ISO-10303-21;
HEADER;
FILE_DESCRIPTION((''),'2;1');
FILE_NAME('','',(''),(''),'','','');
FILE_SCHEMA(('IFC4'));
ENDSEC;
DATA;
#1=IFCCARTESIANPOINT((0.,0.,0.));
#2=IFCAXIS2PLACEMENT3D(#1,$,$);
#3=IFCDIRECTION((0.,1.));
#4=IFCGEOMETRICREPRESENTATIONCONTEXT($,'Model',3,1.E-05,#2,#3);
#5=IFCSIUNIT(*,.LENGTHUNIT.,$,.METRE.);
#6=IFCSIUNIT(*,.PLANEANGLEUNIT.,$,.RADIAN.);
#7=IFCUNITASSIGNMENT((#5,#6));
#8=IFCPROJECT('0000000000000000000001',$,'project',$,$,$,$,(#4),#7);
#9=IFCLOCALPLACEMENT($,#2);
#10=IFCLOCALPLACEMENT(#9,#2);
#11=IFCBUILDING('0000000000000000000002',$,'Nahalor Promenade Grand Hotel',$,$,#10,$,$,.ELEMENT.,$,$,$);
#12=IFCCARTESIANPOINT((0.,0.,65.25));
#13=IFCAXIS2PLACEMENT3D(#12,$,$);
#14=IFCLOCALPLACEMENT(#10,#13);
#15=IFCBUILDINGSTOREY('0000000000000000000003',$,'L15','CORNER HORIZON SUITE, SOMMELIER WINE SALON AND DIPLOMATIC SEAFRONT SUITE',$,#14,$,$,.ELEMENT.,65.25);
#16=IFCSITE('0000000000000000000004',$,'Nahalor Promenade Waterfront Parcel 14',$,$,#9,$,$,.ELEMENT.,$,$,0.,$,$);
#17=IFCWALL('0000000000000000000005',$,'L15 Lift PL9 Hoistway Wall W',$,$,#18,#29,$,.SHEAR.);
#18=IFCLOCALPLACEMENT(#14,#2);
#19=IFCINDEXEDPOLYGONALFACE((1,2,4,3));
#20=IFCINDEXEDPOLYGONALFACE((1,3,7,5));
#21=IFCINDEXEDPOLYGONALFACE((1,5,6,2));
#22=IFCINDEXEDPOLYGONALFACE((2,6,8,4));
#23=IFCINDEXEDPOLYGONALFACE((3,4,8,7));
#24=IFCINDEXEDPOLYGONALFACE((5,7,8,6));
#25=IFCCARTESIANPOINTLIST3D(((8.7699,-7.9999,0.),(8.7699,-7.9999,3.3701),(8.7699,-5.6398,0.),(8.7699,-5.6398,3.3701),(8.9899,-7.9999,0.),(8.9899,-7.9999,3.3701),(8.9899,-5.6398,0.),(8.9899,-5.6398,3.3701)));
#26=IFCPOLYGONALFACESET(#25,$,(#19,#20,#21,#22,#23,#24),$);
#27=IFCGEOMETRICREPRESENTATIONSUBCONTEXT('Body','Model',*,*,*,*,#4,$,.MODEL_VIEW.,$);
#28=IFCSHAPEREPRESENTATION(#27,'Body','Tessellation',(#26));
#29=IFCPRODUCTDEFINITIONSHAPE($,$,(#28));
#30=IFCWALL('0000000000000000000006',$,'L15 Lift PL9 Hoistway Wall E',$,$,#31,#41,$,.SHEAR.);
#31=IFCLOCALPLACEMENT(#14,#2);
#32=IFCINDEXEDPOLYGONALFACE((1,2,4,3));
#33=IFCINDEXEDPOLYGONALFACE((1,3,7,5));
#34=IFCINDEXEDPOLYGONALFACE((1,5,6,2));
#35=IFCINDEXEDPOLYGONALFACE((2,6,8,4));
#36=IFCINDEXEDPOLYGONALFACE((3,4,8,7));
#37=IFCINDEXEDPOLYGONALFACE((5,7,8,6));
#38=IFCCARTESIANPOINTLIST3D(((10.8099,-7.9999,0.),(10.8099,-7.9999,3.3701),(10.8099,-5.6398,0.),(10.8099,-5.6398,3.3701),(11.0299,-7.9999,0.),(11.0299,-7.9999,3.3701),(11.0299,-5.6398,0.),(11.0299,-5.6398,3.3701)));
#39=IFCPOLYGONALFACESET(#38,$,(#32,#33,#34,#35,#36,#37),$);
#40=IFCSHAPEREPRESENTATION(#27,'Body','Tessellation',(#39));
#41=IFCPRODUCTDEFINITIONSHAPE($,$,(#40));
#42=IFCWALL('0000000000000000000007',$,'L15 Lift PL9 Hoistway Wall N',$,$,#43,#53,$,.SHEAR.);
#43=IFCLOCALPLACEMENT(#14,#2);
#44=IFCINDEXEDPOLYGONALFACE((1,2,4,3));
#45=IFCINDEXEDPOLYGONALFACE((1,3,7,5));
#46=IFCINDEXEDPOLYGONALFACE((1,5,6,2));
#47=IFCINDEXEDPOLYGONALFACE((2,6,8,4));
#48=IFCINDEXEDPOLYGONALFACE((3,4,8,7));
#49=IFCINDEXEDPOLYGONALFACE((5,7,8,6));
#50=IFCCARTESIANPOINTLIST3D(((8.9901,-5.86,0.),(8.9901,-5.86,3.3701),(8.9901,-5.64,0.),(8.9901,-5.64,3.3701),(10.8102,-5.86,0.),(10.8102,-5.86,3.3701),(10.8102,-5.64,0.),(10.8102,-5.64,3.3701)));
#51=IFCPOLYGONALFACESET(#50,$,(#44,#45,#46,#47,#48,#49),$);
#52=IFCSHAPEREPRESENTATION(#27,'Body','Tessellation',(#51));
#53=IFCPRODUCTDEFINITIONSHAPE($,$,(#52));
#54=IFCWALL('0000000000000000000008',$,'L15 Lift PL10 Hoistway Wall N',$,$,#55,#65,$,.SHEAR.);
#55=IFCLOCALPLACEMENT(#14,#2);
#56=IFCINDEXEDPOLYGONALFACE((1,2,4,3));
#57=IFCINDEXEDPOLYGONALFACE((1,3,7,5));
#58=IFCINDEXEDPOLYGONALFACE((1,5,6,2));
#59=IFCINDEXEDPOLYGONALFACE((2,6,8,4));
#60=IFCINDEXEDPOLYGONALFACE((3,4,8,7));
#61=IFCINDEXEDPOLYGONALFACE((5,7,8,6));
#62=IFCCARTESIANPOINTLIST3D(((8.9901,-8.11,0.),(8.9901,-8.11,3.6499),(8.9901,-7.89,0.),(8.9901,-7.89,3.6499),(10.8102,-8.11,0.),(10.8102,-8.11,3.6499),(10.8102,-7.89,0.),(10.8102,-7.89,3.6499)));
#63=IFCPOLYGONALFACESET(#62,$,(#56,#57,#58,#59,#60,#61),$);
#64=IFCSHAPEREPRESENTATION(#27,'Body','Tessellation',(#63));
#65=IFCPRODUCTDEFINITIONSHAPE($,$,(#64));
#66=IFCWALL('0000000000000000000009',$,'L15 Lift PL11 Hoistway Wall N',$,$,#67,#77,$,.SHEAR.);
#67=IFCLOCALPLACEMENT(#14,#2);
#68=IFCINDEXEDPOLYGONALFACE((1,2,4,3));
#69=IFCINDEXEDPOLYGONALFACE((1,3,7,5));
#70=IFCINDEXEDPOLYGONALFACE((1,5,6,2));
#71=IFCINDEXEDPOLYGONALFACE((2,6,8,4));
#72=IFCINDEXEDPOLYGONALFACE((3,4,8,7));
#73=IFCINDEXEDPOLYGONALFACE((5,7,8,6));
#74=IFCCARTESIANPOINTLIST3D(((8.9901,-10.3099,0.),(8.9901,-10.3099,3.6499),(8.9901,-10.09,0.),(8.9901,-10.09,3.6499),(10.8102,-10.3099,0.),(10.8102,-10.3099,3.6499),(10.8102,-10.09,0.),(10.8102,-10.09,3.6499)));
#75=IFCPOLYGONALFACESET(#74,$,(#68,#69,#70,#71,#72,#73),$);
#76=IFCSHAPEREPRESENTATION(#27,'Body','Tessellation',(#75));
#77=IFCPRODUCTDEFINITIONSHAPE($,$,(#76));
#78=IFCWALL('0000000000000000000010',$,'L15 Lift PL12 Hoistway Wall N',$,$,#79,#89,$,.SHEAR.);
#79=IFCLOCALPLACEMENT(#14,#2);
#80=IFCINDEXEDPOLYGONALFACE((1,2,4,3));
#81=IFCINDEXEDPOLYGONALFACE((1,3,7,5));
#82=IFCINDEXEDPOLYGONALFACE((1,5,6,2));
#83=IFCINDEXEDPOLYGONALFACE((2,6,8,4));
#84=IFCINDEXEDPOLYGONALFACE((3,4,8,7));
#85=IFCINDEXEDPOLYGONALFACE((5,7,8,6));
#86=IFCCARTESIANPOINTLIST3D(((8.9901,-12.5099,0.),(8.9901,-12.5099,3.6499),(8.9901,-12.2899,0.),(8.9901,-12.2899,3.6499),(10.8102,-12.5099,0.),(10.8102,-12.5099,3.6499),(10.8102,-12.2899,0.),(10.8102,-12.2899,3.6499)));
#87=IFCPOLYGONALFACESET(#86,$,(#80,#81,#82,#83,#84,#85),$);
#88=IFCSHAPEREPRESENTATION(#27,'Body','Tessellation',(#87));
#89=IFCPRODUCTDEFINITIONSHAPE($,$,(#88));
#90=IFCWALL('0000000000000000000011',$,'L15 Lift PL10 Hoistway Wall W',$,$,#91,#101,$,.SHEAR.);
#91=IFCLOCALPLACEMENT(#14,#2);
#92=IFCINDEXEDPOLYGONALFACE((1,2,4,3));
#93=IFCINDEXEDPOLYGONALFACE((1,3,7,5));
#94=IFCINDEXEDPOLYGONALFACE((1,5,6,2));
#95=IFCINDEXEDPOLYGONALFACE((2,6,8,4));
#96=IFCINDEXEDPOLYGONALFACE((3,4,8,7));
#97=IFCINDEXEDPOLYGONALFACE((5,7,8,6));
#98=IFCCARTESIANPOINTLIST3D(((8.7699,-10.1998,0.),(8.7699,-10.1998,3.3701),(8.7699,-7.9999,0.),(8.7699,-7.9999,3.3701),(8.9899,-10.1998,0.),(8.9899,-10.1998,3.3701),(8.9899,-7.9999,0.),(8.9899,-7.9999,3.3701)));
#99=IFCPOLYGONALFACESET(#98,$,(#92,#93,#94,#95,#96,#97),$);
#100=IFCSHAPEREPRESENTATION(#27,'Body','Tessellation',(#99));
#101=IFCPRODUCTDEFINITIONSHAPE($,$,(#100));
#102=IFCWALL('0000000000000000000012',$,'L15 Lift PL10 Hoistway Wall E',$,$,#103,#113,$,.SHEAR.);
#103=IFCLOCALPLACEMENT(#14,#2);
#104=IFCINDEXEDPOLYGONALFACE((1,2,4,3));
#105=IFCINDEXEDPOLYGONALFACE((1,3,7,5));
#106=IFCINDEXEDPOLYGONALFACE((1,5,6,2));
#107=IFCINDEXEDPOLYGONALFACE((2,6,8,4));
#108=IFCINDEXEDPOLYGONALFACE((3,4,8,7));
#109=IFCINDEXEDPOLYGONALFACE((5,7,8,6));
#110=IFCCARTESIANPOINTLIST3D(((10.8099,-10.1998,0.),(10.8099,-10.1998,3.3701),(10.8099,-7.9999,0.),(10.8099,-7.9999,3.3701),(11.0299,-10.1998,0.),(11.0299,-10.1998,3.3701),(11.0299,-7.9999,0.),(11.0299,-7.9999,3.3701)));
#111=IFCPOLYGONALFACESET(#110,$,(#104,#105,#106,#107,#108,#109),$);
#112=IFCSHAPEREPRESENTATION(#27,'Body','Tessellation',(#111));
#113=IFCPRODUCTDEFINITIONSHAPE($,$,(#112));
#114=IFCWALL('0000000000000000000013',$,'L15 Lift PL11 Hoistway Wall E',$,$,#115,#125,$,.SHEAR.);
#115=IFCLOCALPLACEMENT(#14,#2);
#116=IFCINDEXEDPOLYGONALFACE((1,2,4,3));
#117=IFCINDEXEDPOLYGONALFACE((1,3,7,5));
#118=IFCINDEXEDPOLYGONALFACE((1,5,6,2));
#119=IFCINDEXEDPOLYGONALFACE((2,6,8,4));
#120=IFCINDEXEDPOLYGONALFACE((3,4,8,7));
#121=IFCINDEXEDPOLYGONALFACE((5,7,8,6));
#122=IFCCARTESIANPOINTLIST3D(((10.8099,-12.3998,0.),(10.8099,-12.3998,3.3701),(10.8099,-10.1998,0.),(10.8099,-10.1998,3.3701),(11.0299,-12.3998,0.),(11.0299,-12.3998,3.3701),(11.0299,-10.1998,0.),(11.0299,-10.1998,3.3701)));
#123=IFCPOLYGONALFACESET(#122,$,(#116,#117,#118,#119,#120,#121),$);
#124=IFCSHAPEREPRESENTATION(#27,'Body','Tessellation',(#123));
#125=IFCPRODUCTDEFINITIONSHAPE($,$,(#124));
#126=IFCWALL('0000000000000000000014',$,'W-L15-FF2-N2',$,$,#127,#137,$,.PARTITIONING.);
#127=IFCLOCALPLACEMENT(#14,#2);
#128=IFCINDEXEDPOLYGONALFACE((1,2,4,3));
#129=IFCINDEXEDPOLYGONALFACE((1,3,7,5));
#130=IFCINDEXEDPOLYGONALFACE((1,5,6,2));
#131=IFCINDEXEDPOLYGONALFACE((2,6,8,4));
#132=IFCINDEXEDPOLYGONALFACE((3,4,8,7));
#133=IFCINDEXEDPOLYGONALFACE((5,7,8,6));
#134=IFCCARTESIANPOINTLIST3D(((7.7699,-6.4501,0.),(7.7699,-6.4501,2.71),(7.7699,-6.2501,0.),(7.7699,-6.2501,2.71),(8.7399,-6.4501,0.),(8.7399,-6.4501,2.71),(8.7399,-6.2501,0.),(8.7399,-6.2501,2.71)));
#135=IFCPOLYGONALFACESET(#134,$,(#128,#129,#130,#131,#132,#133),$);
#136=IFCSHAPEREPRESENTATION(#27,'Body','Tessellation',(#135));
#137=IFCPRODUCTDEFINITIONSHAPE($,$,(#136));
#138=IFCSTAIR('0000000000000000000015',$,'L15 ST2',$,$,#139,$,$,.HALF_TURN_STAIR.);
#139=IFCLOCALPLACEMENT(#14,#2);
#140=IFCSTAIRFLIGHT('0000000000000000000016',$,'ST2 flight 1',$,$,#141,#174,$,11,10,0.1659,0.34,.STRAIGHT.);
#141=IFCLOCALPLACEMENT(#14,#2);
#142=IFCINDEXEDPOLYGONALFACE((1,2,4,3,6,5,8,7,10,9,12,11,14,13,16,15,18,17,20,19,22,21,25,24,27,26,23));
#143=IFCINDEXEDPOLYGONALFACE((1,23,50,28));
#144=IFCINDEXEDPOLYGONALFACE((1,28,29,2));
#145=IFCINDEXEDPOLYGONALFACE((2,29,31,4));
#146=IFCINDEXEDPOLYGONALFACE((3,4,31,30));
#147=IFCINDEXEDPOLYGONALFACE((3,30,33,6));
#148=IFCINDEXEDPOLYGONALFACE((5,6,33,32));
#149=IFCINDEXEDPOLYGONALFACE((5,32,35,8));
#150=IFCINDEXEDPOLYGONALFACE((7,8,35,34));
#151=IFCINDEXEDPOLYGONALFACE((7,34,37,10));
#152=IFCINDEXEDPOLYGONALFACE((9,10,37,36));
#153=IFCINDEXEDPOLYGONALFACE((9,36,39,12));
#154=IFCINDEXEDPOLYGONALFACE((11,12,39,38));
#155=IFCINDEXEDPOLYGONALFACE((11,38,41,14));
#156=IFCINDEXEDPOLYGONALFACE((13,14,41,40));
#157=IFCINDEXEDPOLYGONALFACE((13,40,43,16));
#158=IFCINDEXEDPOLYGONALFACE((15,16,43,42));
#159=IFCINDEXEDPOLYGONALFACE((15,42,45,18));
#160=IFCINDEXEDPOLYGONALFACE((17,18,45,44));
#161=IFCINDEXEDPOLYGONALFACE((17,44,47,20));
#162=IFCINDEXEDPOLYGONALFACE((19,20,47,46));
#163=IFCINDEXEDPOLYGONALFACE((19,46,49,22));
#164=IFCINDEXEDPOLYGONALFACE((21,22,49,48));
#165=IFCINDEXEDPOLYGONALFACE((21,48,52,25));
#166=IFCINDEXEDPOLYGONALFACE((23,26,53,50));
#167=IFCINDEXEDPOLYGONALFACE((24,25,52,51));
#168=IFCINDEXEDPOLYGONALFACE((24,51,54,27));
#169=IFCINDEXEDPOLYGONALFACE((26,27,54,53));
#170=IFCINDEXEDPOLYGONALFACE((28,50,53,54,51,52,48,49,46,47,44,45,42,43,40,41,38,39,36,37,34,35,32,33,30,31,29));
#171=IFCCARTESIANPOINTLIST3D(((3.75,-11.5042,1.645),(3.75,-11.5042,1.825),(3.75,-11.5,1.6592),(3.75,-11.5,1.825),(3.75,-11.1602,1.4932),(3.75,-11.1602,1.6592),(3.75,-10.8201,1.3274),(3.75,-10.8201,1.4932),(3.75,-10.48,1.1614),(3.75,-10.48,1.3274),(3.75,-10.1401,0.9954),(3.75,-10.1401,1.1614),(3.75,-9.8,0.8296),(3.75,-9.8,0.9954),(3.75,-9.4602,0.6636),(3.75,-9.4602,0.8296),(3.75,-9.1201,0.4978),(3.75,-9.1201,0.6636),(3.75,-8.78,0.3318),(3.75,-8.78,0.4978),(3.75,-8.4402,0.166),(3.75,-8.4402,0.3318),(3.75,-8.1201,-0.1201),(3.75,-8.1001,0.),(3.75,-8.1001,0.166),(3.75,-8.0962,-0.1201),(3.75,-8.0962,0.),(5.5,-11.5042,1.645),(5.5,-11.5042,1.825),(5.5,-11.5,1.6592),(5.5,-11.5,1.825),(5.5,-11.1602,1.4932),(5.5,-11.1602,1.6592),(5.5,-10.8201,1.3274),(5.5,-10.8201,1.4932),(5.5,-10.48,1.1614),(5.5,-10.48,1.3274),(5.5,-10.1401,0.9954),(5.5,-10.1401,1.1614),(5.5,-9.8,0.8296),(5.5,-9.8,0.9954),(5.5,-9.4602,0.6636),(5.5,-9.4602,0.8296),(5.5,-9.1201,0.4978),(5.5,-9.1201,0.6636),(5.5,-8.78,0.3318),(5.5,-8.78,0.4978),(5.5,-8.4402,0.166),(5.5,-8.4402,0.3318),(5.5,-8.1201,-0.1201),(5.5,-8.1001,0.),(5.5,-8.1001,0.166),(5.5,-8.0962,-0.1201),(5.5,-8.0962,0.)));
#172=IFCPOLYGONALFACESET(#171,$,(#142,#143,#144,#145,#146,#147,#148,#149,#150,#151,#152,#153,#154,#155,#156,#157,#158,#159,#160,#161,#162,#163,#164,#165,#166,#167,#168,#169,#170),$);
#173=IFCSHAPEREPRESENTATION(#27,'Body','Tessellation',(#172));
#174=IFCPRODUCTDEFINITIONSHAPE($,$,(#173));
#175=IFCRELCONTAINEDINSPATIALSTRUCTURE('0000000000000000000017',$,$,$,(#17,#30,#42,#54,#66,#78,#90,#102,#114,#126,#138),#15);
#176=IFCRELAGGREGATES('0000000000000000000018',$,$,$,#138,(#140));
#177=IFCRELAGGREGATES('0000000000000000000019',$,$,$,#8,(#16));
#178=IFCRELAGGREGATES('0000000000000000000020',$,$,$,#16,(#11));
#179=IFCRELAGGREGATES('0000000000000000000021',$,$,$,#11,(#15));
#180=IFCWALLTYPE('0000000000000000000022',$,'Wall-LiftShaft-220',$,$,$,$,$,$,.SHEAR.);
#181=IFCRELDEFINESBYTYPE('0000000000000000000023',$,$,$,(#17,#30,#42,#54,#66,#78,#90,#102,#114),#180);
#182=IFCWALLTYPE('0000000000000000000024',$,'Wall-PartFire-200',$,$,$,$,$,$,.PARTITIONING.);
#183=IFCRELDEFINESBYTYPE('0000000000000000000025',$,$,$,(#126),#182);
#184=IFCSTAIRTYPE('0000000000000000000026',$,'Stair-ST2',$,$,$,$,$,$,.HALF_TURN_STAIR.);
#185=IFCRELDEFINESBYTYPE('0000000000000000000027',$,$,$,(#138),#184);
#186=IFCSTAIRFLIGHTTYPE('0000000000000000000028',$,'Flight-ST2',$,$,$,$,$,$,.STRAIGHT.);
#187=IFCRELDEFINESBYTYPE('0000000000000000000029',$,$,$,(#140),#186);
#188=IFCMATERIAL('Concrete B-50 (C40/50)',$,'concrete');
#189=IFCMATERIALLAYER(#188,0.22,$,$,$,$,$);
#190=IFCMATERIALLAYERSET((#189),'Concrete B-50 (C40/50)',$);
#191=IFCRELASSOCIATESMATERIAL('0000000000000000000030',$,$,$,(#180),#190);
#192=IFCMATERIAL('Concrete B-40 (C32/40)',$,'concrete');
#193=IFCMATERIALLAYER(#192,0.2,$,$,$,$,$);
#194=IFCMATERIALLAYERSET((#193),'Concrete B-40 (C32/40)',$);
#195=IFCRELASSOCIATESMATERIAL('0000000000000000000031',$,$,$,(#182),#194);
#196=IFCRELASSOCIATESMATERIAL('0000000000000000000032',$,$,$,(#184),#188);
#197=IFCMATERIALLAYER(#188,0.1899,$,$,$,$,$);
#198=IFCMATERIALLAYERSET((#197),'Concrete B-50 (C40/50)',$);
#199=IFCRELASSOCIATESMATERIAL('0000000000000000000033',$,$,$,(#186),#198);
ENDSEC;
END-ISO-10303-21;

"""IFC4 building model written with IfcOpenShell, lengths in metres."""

from ifc_helpers import new_model, si_unit, direction, frame, frame_2d, origin, place, context, subcontext, project, spatial, polyline, rectangle, outline, extrude, source, transform, mapped, material, layer, layer_set, type_object, element, aggregate, save


model = new_model("IFC4")

# Units and contexts
model_context = context("Model", 3, precision=1e-05, world=origin(), true_north=direction((0.0, 1.0)))
body_context = subcontext(model_context, "Body", "Model", "MODEL_VIEW")
ifc_project = project(units=[si_unit("LENGTHUNIT", "METRE"), si_unit("PLANEANGLEUNIT", "RADIAN")], contexts=[model_context])

# Site, building, storey
site_placement = place(None, origin())
site = spatial("IfcSite", under=ifc_project, at=site_placement, Name="Nahalor Promenade Waterfront Parcel 14", CompositionType="ELEMENT", RefElevation=0.0)
building_placement = place(site_placement, origin())
building = spatial("IfcBuilding", under=site, at=building_placement, Name="Nahalor Promenade Grand Hotel", CompositionType="ELEMENT")
storey_placement = place(building_placement, frame((0.0, 0.0, 65.25)))
storey = spatial("IfcBuildingStorey", under=building, at=storey_placement, Name="L15", Description="CORNER HORIZON SUITE, SOMMELIER WINE SALON AND DIPLOMATIC SEAFRONT SUITE", CompositionType="ELEMENT", Elevation=65.25)

# Walls
ifc_material_1 = material(Name="Concrete B-50 (C40/50)", Category="concrete")
ifc_layer_1 = layer(ifc_material_1, 0.22)
ifc_layer_set_1 = layer_set([ifc_layer_1], Name="Concrete B-50 (C40/50)")
wall_type_1 = type_object("IfcWallType", Name="Wall-LiftShaft-220", PredefinedType="SHEAR", material=ifc_layer_set_1)
shared_shape_1 = source(origin(), body_context, "Body", "SweptSolid", [
    extrude(rectangle(XDim=2.3601, YDim=0.22, at=frame_2d((1.1802, 0.0))), origin(), (0.0, 0.0, 1.0), 3.3701),
])
for number, where, z_axis, x_axis, name in (
    (1, (8.8799, -8.0, 0.0), (0.0, 0.0, 1.0), (0.0, 1.0, 0.0), "L15 Lift PL9 Hoistway Wall W"),
    (2, (10.9199, -8.0, 0.0), (0.0, 0.0, 1.0), (0.0, 1.0, 0.0), "L15 Lift PL9 Hoistway Wall E"),
):
    element("IfcWall", number, at=place(storey_placement, frame(where, z_axis=z_axis, x_axis=x_axis)), inside=storey, type_object=wall_type_1, Name=name, PredefinedType="SHEAR", context=body_context, shape_type="MappedRepresentation", body=[
        mapped(shared_shape_1, transform((0.0, 0.0, 0.0), scale=1.0)),
    ])
shared_shape_2 = source(origin(), body_context, "Body", "SweptSolid", [
    extrude(rectangle(XDim=1.8201, YDim=0.22, at=frame_2d((0.9102, 0.0))), origin(), (0.0, 0.0, 1.0), 3.3701),
])
wall_1_placement = place(storey_placement, frame((8.99, -5.75, 0.0), z_axis=(0.0, 0.0, 1.0), x_axis=(1.0, 0.0, 0.0)))
element("IfcWall", 3, at=wall_1_placement, inside=storey, type_object=wall_type_1, Name="L15 Lift PL9 Hoistway Wall N", PredefinedType="SHEAR", context=body_context, shape_type="MappedRepresentation", body=[
    mapped(shared_shape_2, transform((0.0, 0.0, 0.0), scale=1.0)),
])
shared_shape_3 = source(origin(), body_context, "Body", "SweptSolid", [
    extrude(rectangle(XDim=1.8201, YDim=0.22, at=frame_2d((0.9102, 0.0))), origin(), (0.0, 0.0, 1.0), 3.6499),
])
for number, where, z_axis, x_axis, name in (
    (4, (8.99, -8.0, 0.0), (0.0, 0.0, 1.0), (1.0, 0.0, 0.0), "L15 Lift PL10 Hoistway Wall N"),
    (5, (8.99, -10.2, 0.0), (0.0, 0.0, 1.0), (1.0, 0.0, 0.0), "L15 Lift PL11 Hoistway Wall N"),
    (6, (8.99, -12.3999, 0.0), (0.0, 0.0, 1.0), (1.0, 0.0, 0.0), "L15 Lift PL12 Hoistway Wall N"),
):
    element("IfcWall", number, at=place(storey_placement, frame(where, z_axis=z_axis, x_axis=x_axis)), inside=storey, type_object=wall_type_1, Name=name, PredefinedType="SHEAR", context=body_context, shape_type="MappedRepresentation", body=[
        mapped(shared_shape_3, transform((0.0, 0.0, 0.0), scale=1.0)),
    ])
shared_shape_4 = source(origin(), body_context, "Body", "SweptSolid", [
    extrude(rectangle(XDim=2.2, YDim=0.22, at=frame_2d((1.1001, 0.0))), origin(), (0.0, 0.0, 1.0), 3.3701),
])
for number, where, z_axis, x_axis, name in (
    (7, (8.8799, -10.2, 0.0), (0.0, 0.0, 1.0), (0.0, 1.0, 0.0), "L15 Lift PL10 Hoistway Wall W"),
    (8, (10.9199, -10.2, 0.0), (0.0, 0.0, 1.0), (0.0, 1.0, 0.0), "L15 Lift PL10 Hoistway Wall E"),
    (9, (10.9199, -12.3999, 0.0), (0.0, 0.0, 1.0), (0.0, 1.0, 0.0), "L15 Lift PL11 Hoistway Wall E"),
):
    element("IfcWall", number, at=place(storey_placement, frame(where, z_axis=z_axis, x_axis=x_axis)), inside=storey, type_object=wall_type_1, Name=name, PredefinedType="SHEAR", context=body_context, shape_type="MappedRepresentation", body=[
        mapped(shared_shape_4, transform((0.0, 0.0, 0.0), scale=1.0)),
    ])
ifc_material_2 = material(Name="Concrete B-40 (C32/40)", Category="concrete")
ifc_layer_2 = layer(ifc_material_2, 0.2)
ifc_layer_set_2 = layer_set([ifc_layer_2], Name="Concrete B-40 (C32/40)")
wall_type_2 = type_object("IfcWallType", Name="Wall-PartFire-200", PredefinedType="PARTITIONING", material=ifc_layer_set_2)
shared_shape_5 = source(origin(), body_context, "Body", "SweptSolid", [
    extrude(rectangle(XDim=0.97, YDim=0.2, at=frame_2d((0.4849, 0.0))), origin(), (0.0, 0.0, 1.0), 2.71),
])
wall_2_placement = place(storey_placement, frame((7.77, -6.3501, 0.0), z_axis=(0.0, 0.0, 1.0), x_axis=(1.0, 0.0, 0.0)))
element("IfcWall", 10, at=wall_2_placement, inside=storey, type_object=wall_type_2, Name="W-L15-FF2-N2", PredefinedType="PARTITIONING", context=body_context, shape_type="MappedRepresentation", body=[
    mapped(shared_shape_5, transform((0.0, 0.0, 0.0), scale=1.0)),
])

# Stair, stair flight
stair_type = type_object("IfcStairType", Name="Stair-ST2", PredefinedType="HALF_TURN_STAIR", material=ifc_material_1)
stair_placement = place(storey_placement, origin())
stair = element("IfcStair", 11, at=stair_placement, inside=storey, type_object=stair_type, Name="L15 ST2", PredefinedType="HALF_TURN_STAIR")
ifc_layer_3 = layer(ifc_material_1, 0.1899)
ifc_layer_set_3 = layer_set([ifc_layer_3], Name="Concrete B-50 (C40/50)")
stair_flight_type = type_object("IfcStairFlightType", Name="Flight-ST2", PredefinedType="STRAIGHT", material=ifc_layer_set_3)
shared_shape_6 = source(origin(), body_context, "Body", "SweptSolid", [
    extrude(outline(polyline([(-0.0039, -0.1201), (-0.0039, 0.0), (0.0, 0.0), (0.0, 0.166), (0.3401, 0.166), (0.3401, 0.3318), (0.6799, 0.3318), (0.6799, 0.4978), (1.02, 0.4978), (1.02, 0.6636), (1.3601, 0.6636), (1.3601, 0.8296), (1.7, 0.8296), (1.7, 0.9954), (2.04, 0.9954), (2.04, 1.1614), (2.3799, 1.1614), (2.3799, 1.3274), (2.72, 1.3274), (2.72, 1.4932), (3.0601, 1.4932), (3.0601, 1.6592), (3.3999, 1.6592), (3.3999, 1.825), (3.4041, 1.825), (3.4041, 1.645), (0.02, -0.1201), (-0.0039, -0.1201)])), frame((0.0, 0.875, 0.0), z_axis=(0.0, -1.0, 0.0), x_axis=(1.0, 0.0, 0.0)), (0.0, 0.0, 1.0), 1.75),
])
stair_flight_1_placement = place(storey_placement, frame((4.625, -8.1001, 0.0), z_axis=(0.0, 0.0, 1.0), x_axis=(0.0, -1.0, 0.0)))
stair_flight_1 = element("IfcStairFlight", 12, at=stair_flight_1_placement, type_object=stair_flight_type, Name="ST2 flight 1", NumberOfRisers=11, NumberOfTreads=10, PredefinedType="STRAIGHT", RiserHeight=0.1659, TreadLength=0.34, context=body_context, shape_type="MappedRepresentation", body=[
    mapped(shared_shape_6, transform((0.0, 0.0, 0.0), scale=1.0)),
])
aggregate(stair, [stair_flight_1])

save(model, "model.ifc")
